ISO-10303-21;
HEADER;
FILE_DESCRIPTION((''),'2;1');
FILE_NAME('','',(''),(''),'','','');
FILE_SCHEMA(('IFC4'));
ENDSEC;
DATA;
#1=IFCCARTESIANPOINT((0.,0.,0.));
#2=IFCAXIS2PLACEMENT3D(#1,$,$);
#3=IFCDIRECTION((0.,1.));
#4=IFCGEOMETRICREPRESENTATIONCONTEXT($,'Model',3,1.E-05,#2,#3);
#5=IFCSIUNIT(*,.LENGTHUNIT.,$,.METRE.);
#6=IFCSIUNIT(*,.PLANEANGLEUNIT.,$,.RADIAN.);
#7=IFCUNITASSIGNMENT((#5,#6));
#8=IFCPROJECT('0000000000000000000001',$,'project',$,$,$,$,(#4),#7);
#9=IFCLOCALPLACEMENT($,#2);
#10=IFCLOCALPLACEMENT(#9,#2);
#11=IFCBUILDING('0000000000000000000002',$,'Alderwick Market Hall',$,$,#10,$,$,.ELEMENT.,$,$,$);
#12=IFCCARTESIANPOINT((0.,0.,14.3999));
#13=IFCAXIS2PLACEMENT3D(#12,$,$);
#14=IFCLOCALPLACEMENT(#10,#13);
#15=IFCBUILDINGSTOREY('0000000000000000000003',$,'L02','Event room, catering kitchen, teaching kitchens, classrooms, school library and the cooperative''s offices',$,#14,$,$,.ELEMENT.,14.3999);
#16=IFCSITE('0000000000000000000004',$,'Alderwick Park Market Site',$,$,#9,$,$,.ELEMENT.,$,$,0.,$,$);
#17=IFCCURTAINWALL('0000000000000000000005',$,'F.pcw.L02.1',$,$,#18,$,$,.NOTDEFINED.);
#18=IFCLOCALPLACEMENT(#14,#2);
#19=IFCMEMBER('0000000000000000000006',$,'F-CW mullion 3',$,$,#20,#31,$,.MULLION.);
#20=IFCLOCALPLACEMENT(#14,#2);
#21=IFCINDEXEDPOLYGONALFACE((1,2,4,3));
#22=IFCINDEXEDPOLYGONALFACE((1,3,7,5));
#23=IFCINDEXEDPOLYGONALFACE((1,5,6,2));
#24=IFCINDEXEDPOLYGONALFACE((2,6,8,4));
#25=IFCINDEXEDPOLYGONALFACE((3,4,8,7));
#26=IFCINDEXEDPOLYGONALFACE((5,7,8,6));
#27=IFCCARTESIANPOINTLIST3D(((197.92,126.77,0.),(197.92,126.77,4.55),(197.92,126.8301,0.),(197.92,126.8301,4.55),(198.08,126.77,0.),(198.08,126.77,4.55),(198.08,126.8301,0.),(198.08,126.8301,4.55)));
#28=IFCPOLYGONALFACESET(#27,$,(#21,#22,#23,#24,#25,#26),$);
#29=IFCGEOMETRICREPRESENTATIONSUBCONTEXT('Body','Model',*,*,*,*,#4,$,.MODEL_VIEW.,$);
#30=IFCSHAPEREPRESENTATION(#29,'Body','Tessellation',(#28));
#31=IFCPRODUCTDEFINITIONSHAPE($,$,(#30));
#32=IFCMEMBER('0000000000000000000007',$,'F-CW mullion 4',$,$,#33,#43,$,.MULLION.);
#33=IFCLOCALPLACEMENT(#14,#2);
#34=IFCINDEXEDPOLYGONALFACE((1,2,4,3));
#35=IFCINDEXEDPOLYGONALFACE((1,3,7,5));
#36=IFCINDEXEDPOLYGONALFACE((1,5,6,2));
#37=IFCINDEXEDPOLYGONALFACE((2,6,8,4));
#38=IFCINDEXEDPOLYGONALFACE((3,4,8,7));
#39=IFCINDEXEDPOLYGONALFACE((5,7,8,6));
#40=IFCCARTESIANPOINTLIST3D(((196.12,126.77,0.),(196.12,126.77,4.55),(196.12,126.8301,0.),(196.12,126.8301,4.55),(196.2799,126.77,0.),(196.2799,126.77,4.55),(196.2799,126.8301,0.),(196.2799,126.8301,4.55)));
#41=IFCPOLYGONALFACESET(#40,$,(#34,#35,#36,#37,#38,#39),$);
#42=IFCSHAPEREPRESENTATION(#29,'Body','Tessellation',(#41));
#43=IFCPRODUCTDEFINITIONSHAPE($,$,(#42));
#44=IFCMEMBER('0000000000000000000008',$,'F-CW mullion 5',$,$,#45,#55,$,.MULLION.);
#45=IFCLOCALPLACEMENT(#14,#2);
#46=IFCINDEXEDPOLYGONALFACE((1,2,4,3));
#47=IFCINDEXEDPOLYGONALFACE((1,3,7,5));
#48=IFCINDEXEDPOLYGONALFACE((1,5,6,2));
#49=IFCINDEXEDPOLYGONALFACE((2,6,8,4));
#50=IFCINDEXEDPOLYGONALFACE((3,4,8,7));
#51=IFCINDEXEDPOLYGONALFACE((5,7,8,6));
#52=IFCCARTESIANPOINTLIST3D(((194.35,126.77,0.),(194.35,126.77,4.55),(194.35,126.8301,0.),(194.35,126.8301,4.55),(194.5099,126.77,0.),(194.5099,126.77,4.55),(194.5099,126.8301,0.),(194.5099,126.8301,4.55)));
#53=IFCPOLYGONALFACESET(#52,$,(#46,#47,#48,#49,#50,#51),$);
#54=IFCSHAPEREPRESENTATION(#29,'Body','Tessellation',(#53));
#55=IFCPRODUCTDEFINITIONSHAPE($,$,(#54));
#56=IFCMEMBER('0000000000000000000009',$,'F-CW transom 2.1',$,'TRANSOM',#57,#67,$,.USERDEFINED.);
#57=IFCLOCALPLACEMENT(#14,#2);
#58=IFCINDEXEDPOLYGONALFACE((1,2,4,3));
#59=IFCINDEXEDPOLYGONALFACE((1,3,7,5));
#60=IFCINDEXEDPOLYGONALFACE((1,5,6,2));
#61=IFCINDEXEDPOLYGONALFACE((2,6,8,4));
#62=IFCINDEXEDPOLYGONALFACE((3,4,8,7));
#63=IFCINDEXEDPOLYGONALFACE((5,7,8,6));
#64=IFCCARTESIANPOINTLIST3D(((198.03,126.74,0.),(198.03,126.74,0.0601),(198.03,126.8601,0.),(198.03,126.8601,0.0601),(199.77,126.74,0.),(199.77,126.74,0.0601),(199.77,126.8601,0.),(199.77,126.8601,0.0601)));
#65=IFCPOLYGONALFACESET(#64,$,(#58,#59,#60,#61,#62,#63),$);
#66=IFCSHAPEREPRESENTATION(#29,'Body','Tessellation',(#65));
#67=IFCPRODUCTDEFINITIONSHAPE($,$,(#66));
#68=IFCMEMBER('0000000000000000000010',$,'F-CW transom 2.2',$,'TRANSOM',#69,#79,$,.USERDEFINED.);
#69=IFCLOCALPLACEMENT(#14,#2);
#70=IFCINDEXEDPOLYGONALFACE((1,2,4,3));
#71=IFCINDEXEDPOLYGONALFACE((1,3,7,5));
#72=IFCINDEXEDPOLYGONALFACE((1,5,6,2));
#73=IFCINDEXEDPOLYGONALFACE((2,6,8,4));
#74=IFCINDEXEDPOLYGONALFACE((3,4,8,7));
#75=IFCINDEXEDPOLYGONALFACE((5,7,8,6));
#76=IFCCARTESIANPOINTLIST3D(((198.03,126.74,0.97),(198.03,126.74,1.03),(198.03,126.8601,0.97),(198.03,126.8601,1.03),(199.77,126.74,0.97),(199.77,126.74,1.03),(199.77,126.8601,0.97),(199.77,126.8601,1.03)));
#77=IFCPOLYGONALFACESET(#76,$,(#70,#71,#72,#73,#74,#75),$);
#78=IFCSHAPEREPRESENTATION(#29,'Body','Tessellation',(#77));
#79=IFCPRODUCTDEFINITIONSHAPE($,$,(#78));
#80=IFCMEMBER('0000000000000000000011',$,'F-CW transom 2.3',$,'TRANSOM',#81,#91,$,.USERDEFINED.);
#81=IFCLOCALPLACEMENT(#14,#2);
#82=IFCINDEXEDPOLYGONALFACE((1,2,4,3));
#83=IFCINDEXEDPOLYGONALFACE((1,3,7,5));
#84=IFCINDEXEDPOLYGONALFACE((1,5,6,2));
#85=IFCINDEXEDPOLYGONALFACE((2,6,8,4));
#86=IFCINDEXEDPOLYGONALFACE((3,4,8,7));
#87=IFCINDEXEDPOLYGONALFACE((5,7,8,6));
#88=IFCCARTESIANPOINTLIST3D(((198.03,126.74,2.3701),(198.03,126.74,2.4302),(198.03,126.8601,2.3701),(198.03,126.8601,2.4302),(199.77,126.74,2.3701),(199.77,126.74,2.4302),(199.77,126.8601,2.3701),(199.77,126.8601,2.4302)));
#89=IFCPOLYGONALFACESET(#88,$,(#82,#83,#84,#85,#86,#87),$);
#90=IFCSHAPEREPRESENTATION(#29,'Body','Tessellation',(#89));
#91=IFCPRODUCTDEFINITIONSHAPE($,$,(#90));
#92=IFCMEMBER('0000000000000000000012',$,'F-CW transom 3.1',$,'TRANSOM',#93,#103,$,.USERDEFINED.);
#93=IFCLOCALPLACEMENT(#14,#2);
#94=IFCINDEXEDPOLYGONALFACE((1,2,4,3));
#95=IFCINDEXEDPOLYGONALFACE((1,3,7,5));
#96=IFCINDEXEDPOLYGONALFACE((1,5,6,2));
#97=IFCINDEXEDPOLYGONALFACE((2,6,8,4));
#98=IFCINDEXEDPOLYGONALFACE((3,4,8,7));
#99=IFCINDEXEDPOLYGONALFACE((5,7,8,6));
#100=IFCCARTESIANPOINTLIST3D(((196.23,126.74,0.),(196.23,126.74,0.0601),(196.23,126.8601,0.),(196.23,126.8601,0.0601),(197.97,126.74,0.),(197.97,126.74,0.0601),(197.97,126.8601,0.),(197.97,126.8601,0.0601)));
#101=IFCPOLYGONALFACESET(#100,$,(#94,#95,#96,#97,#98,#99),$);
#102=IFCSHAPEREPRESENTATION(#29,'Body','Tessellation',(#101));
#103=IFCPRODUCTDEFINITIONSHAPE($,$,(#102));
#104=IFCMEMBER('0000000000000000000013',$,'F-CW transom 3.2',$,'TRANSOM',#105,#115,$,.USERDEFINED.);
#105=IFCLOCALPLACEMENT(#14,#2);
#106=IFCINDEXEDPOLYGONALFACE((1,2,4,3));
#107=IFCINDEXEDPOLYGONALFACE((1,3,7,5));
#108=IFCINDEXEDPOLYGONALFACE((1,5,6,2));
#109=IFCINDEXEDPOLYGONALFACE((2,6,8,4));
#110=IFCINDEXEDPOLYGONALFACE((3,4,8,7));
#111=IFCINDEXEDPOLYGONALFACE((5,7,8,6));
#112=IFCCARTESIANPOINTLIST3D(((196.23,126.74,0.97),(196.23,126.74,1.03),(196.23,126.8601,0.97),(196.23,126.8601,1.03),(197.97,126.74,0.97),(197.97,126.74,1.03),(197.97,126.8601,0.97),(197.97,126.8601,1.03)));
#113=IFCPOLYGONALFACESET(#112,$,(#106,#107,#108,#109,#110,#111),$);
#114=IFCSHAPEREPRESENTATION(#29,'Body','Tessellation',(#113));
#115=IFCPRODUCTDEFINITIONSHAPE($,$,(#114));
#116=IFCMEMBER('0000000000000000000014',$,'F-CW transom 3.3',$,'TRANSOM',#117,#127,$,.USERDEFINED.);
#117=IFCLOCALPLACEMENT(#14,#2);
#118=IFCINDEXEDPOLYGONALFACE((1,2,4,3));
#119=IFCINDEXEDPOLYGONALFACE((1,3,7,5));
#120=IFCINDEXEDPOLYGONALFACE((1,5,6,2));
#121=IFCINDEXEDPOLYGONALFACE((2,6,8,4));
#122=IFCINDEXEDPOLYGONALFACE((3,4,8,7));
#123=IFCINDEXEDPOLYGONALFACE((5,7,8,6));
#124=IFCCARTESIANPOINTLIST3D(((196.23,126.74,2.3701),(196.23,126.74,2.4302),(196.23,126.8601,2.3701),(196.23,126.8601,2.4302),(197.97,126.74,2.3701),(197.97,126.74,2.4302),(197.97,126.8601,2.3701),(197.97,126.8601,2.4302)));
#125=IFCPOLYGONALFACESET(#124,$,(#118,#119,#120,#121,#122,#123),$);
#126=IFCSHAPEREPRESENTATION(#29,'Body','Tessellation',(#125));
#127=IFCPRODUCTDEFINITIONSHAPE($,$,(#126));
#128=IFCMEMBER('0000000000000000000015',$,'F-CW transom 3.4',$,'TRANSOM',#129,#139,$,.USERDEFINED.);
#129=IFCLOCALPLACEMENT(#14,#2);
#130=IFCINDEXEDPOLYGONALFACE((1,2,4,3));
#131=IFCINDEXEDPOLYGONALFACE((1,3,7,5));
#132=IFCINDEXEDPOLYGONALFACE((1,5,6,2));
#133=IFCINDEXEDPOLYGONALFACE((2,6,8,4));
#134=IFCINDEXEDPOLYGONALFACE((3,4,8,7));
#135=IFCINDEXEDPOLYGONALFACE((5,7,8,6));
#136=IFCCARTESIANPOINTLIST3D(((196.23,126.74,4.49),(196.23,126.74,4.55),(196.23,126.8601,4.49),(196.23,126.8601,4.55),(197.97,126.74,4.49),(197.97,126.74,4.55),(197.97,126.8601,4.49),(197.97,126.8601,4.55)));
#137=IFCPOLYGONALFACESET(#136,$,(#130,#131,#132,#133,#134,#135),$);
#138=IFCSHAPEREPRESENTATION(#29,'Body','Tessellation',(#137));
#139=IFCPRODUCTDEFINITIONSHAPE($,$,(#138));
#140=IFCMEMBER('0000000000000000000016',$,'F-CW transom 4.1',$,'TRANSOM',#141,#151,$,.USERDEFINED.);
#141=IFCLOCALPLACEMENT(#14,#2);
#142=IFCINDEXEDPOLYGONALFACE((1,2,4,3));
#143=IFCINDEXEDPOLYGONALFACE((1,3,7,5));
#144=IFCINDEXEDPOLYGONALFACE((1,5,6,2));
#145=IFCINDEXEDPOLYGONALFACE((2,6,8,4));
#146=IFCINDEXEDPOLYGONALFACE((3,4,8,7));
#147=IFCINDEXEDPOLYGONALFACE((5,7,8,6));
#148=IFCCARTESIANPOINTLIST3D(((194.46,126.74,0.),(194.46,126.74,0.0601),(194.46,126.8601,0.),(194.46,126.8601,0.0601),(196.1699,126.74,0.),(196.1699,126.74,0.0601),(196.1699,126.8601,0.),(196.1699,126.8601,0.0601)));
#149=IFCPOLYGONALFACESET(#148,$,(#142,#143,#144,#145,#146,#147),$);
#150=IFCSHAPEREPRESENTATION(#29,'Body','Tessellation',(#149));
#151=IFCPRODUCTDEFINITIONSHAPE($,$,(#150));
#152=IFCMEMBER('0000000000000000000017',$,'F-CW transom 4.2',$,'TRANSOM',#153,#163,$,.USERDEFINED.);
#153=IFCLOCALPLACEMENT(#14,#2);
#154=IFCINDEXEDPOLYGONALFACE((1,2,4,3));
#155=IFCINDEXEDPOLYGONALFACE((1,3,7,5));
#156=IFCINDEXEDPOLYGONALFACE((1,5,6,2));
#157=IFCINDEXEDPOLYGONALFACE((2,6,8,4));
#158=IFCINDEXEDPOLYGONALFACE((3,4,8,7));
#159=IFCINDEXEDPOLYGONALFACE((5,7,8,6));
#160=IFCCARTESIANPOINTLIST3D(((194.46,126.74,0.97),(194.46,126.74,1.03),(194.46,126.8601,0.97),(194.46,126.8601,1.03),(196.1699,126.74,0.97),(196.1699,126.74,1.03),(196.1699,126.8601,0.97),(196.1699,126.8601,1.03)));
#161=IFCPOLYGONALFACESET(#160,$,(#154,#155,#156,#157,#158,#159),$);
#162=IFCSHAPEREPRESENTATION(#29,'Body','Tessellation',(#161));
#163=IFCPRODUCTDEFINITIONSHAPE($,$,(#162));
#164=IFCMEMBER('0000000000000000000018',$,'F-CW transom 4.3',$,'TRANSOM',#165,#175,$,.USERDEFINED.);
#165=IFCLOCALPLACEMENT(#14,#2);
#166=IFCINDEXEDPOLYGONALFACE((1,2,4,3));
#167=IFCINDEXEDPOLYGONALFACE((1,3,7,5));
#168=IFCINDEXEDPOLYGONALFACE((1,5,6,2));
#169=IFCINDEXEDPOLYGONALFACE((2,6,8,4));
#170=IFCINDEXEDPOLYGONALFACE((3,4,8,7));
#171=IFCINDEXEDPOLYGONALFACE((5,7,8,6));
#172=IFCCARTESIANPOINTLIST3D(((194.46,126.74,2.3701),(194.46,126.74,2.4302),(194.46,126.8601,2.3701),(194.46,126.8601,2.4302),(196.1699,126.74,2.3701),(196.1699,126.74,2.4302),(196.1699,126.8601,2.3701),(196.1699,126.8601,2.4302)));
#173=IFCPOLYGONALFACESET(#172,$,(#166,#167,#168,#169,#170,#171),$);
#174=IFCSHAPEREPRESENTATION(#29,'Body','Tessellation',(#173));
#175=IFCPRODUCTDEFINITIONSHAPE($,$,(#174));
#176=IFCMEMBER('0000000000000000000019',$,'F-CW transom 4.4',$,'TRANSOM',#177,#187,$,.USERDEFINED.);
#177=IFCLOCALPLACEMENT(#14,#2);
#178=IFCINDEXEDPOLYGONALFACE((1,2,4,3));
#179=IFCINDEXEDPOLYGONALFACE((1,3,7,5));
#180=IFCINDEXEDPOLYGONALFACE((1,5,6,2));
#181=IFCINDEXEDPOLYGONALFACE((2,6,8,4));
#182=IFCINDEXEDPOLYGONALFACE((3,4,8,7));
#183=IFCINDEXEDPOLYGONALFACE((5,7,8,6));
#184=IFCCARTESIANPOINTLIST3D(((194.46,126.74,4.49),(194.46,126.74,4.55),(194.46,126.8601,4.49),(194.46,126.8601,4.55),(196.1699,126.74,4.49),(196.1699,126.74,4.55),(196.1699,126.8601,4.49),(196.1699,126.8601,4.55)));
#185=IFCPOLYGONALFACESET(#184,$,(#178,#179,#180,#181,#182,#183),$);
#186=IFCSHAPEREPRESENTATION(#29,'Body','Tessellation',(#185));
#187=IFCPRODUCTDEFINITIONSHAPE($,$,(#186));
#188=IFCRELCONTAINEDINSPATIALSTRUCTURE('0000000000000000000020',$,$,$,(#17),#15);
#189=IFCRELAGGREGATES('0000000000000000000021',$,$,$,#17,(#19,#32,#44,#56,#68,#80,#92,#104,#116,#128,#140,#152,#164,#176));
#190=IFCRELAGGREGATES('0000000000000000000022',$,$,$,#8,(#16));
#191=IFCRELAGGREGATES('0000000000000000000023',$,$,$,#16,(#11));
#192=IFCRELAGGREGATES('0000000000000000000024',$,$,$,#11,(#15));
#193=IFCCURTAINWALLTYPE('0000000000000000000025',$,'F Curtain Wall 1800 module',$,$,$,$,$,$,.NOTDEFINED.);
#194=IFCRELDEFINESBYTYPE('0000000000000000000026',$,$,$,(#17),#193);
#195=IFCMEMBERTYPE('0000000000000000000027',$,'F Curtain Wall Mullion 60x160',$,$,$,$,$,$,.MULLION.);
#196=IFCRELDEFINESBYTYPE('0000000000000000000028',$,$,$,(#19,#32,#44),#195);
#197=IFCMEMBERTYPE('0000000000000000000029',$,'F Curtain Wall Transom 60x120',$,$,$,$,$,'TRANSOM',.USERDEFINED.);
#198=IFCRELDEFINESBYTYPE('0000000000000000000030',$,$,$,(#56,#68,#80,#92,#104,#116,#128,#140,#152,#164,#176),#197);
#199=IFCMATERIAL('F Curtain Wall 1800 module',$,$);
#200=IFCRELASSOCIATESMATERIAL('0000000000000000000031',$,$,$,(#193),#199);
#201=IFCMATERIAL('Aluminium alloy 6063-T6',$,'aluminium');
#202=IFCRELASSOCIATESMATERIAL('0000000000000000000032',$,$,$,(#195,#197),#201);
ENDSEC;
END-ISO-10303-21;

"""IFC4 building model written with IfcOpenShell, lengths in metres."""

from ifc_helpers import new_model, si_unit, direction, frame, origin, origin_2d, place, context, subcontext, project, spatial, rectangle, extrude, material, material_profile, profile_set, type_object, element, aggregate, save


model = new_model("IFC4")

# Units and contexts
model_context = context("Model", 3, precision=1e-05, world=origin(), true_north=direction((0.0, 1.0)))
body_context = subcontext(model_context, "Body", "Model", "MODEL_VIEW")
ifc_project = project(units=[si_unit("LENGTHUNIT", "METRE"), si_unit("PLANEANGLEUNIT", "RADIAN")], contexts=[model_context])

# Site, building, storey
site_placement = place(None, origin())
site = spatial("IfcSite", under=ifc_project, at=site_placement, Name="Alderwick Park Market Site", CompositionType="ELEMENT", RefElevation=0.0)
building_placement = place(site_placement, origin())
building = spatial("IfcBuilding", under=site, at=building_placement, Name="Alderwick Market Hall", CompositionType="ELEMENT")
storey_placement = place(building_placement, frame((0.0, 0.0, 14.3999)))
storey = spatial("IfcBuildingStorey", under=building, at=storey_placement, Name="L02", Description="Event room, catering kitchen, teaching kitchens, classrooms, school library and the cooperative's offices", CompositionType="ELEMENT", Elevation=14.3999)

# Curtain wall, members
ifc_material_1 = material(Name="F Curtain Wall 1800 module")
curtain_wall_type = type_object("IfcCurtainWallType", Name="F Curtain Wall 1800 module", PredefinedType="NOTDEFINED", material=ifc_material_1)
curtain_wall_placement = place(storey_placement, origin())
curtain_wall = element("IfcCurtainWall", 1, at=curtain_wall_placement, inside=storey, type_object=curtain_wall_type, Name="F.pcw.L02.1", PredefinedType="NOTDEFINED")
ifc_material_2 = material(Name="Aluminium alloy 6063-T6", Category="aluminium")
ifc_material_profile_1 = material_profile(ifc_material_2, rectangle(XDim=0.0601, YDim=0.1599, at=origin_2d()), Name="AL 60x160")
ifc_profile_set_1 = profile_set([ifc_material_profile_1], Name="Aluminium alloy 6063-T6")
member_type_1 = type_object("IfcMemberType", Name="F Curtain Wall Mullion 60x160", PredefinedType="MULLION", material=ifc_profile_set_1)
member_1_placement = place(storey_placement, frame((198.0, 126.8, 0.0), z_axis=(0.0, 0.0, 1.0), x_axis=(0.0, -1.0, 0.0)))
member_1 = element("IfcMember", 2, at=member_1_placement, type_object=member_type_1, Name="F-CW mullion 3", PredefinedType="MULLION", context=body_context, shape_type="SweptSolid", body=[
    extrude(rectangle(XDim=0.0601, YDim=0.1599, at=origin_2d()), origin(), (0.0, 0.0, 1.0), 4.55),
])
member_2_placement = place(storey_placement, frame((196.2, 126.8, 0.0), z_axis=(0.0, 0.0, 1.0), x_axis=(0.0, -1.0, 0.0)))
member_2 = element("IfcMember", 3, at=member_2_placement, type_object=member_type_1, Name="F-CW mullion 4", PredefinedType="MULLION", context=body_context, shape_type="SweptSolid", body=[
    extrude(rectangle(XDim=0.0601, YDim=0.1599, at=origin_2d()), origin(), (0.0, 0.0, 1.0), 4.55),
])
member_3_placement = place(storey_placement, frame((194.4299, 126.8, 0.0), z_axis=(0.0, 0.0, 1.0), x_axis=(0.0, -1.0, 0.0)))
member_3 = element("IfcMember", 4, at=member_3_placement, type_object=member_type_1, Name="F-CW mullion 5", PredefinedType="MULLION", context=body_context, shape_type="SweptSolid", body=[
    extrude(rectangle(XDim=0.0601, YDim=0.1599, at=origin_2d()), origin(), (0.0, 0.0, 1.0), 4.55),
])
ifc_material_profile_2 = material_profile(ifc_material_2, rectangle(XDim=0.1201, YDim=0.0601, at=origin_2d()), Name="AL 60x120")
ifc_profile_set_2 = profile_set([ifc_material_profile_2], Name="Aluminium alloy 6063-T6")
member_type_2 = type_object("IfcMemberType", Name="F Curtain Wall Transom 60x120", ElementType="TRANSOM", PredefinedType="USERDEFINED", material=ifc_profile_set_2)
member_4_placement = place(storey_placement, frame((199.77, 126.8, 0.03), z_axis=(-1.0, 0.0, 0.0), x_axis=(0.0, -1.0, 0.0)))
member_4 = element("IfcMember", 5, at=member_4_placement, type_object=member_type_2, Name="F-CW transom 2.1", ObjectType="TRANSOM", PredefinedType="USERDEFINED", context=body_context, shape_type="SweptSolid", body=[
    extrude(rectangle(XDim=0.1201, YDim=0.0601, at=origin_2d()), origin(), (0.0, 0.0, 1.0), 1.74),
])
member_5_placement = place(storey_placement, frame((199.77, 126.8, 1.0), z_axis=(-1.0, 0.0, 0.0), x_axis=(0.0, -1.0, 0.0)))
member_5 = element("IfcMember", 6, at=member_5_placement, type_object=member_type_2, Name="F-CW transom 2.2", ObjectType="TRANSOM", PredefinedType="USERDEFINED", context=body_context, shape_type="SweptSolid", body=[
    extrude(rectangle(XDim=0.1201, YDim=0.0601, at=origin_2d()), origin(), (0.0, 0.0, 1.0), 1.74),
])
member_6_placement = place(storey_placement, frame((199.77, 126.8, 2.4001), z_axis=(-1.0, 0.0, 0.0), x_axis=(0.0, -1.0, 0.0)))
member_6 = element("IfcMember", 7, at=member_6_placement, type_object=member_type_2, Name="F-CW transom 2.3", ObjectType="TRANSOM", PredefinedType="USERDEFINED", context=body_context, shape_type="SweptSolid", body=[
    extrude(rectangle(XDim=0.1201, YDim=0.0601, at=origin_2d()), origin(), (0.0, 0.0, 1.0), 1.74),
])
member_7_placement = place(storey_placement, frame((197.97, 126.8, 0.03), z_axis=(-1.0, 0.0, 0.0), x_axis=(0.0, -1.0, 0.0)))
member_7 = element("IfcMember", 8, at=member_7_placement, type_object=member_type_2, Name="F-CW transom 3.1", ObjectType="TRANSOM", PredefinedType="USERDEFINED", context=body_context, shape_type="SweptSolid", body=[
    extrude(rectangle(XDim=0.1201, YDim=0.0601, at=origin_2d()), origin(), (0.0, 0.0, 1.0), 1.74),
])
member_8_placement = place(storey_placement, frame((197.97, 126.8, 1.0), z_axis=(-1.0, 0.0, 0.0), x_axis=(0.0, -1.0, 0.0)))
member_8 = element("IfcMember", 9, at=member_8_placement, type_object=member_type_2, Name="F-CW transom 3.2", ObjectType="TRANSOM", PredefinedType="USERDEFINED", context=body_context, shape_type="SweptSolid", body=[
    extrude(rectangle(XDim=0.1201, YDim=0.0601, at=origin_2d()), origin(), (0.0, 0.0, 1.0), 1.74),
])
member_9_placement = place(storey_placement, frame((197.97, 126.8, 2.4001), z_axis=(-1.0, 0.0, 0.0), x_axis=(0.0, -1.0, 0.0)))
member_9 = element("IfcMember", 10, at=member_9_placement, type_object=member_type_2, Name="F-CW transom 3.3", ObjectType="TRANSOM", PredefinedType="USERDEFINED", context=body_context, shape_type="SweptSolid", body=[
    extrude(rectangle(XDim=0.1201, YDim=0.0601, at=origin_2d()), origin(), (0.0, 0.0, 1.0), 1.74),
])
member_10_placement = place(storey_placement, frame((197.97, 126.8, 4.52), z_axis=(-1.0, 0.0, 0.0), x_axis=(0.0, -1.0, 0.0)))
member_10 = element("IfcMember", 11, at=member_10_placement, type_object=member_type_2, Name="F-CW transom 3.4", ObjectType="TRANSOM", PredefinedType="USERDEFINED", context=body_context, shape_type="SweptSolid", body=[
    extrude(rectangle(XDim=0.1201, YDim=0.0601, at=origin_2d()), origin(), (0.0, 0.0, 1.0), 1.74),
])
member_11_placement = place(storey_placement, frame((196.1699, 126.8, 0.03), z_axis=(-1.0, 0.0, 0.0), x_axis=(0.0, -1.0, 0.0)))
member_11 = element("IfcMember", 12, at=member_11_placement, type_object=member_type_2, Name="F-CW transom 4.1", ObjectType="TRANSOM", PredefinedType="USERDEFINED", context=body_context, shape_type="SweptSolid", body=[
    extrude(rectangle(XDim=0.1201, YDim=0.0601, at=origin_2d()), origin(), (0.0, 0.0, 1.0), 1.71),
])
member_12_placement = place(storey_placement, frame((196.1699, 126.8, 1.0), z_axis=(-1.0, 0.0, 0.0), x_axis=(0.0, -1.0, 0.0)))
member_12 = element("IfcMember", 13, at=member_12_placement, type_object=member_type_2, Name="F-CW transom 4.2", ObjectType="TRANSOM", PredefinedType="USERDEFINED", context=body_context, shape_type="SweptSolid", body=[
    extrude(rectangle(XDim=0.1201, YDim=0.0601, at=origin_2d()), origin(), (0.0, 0.0, 1.0), 1.71),
])
member_13_placement = place(storey_placement, frame((196.1699, 126.8, 2.4001), z_axis=(-1.0, 0.0, 0.0), x_axis=(0.0, -1.0, 0.0)))
member_13 = element("IfcMember", 14, at=member_13_placement, type_object=member_type_2, Name="F-CW transom 4.3", ObjectType="TRANSOM", PredefinedType="USERDEFINED", context=body_context, shape_type="SweptSolid", body=[
    extrude(rectangle(XDim=0.1201, YDim=0.0601, at=origin_2d()), origin(), (0.0, 0.0, 1.0), 1.71),
])
member_14_placement = place(storey_placement, frame((196.1699, 126.8, 4.52), z_axis=(-1.0, 0.0, 0.0), x_axis=(0.0, -1.0, 0.0)))
member_14 = element("IfcMember", 15, at=member_14_placement, type_object=member_type_2, Name="F-CW transom 4.4", ObjectType="TRANSOM", PredefinedType="USERDEFINED", context=body_context, shape_type="SweptSolid", body=[
    extrude(rectangle(XDim=0.1201, YDim=0.0601, at=origin_2d()), origin(), (0.0, 0.0, 1.0), 1.71),
])
aggregate(curtain_wall, [member_1, member_2, member_3, member_4, member_5, member_6, member_7, member_8, member_9, member_10, member_11, member_12, member_13, member_14])

save(model, "model.ifc")
